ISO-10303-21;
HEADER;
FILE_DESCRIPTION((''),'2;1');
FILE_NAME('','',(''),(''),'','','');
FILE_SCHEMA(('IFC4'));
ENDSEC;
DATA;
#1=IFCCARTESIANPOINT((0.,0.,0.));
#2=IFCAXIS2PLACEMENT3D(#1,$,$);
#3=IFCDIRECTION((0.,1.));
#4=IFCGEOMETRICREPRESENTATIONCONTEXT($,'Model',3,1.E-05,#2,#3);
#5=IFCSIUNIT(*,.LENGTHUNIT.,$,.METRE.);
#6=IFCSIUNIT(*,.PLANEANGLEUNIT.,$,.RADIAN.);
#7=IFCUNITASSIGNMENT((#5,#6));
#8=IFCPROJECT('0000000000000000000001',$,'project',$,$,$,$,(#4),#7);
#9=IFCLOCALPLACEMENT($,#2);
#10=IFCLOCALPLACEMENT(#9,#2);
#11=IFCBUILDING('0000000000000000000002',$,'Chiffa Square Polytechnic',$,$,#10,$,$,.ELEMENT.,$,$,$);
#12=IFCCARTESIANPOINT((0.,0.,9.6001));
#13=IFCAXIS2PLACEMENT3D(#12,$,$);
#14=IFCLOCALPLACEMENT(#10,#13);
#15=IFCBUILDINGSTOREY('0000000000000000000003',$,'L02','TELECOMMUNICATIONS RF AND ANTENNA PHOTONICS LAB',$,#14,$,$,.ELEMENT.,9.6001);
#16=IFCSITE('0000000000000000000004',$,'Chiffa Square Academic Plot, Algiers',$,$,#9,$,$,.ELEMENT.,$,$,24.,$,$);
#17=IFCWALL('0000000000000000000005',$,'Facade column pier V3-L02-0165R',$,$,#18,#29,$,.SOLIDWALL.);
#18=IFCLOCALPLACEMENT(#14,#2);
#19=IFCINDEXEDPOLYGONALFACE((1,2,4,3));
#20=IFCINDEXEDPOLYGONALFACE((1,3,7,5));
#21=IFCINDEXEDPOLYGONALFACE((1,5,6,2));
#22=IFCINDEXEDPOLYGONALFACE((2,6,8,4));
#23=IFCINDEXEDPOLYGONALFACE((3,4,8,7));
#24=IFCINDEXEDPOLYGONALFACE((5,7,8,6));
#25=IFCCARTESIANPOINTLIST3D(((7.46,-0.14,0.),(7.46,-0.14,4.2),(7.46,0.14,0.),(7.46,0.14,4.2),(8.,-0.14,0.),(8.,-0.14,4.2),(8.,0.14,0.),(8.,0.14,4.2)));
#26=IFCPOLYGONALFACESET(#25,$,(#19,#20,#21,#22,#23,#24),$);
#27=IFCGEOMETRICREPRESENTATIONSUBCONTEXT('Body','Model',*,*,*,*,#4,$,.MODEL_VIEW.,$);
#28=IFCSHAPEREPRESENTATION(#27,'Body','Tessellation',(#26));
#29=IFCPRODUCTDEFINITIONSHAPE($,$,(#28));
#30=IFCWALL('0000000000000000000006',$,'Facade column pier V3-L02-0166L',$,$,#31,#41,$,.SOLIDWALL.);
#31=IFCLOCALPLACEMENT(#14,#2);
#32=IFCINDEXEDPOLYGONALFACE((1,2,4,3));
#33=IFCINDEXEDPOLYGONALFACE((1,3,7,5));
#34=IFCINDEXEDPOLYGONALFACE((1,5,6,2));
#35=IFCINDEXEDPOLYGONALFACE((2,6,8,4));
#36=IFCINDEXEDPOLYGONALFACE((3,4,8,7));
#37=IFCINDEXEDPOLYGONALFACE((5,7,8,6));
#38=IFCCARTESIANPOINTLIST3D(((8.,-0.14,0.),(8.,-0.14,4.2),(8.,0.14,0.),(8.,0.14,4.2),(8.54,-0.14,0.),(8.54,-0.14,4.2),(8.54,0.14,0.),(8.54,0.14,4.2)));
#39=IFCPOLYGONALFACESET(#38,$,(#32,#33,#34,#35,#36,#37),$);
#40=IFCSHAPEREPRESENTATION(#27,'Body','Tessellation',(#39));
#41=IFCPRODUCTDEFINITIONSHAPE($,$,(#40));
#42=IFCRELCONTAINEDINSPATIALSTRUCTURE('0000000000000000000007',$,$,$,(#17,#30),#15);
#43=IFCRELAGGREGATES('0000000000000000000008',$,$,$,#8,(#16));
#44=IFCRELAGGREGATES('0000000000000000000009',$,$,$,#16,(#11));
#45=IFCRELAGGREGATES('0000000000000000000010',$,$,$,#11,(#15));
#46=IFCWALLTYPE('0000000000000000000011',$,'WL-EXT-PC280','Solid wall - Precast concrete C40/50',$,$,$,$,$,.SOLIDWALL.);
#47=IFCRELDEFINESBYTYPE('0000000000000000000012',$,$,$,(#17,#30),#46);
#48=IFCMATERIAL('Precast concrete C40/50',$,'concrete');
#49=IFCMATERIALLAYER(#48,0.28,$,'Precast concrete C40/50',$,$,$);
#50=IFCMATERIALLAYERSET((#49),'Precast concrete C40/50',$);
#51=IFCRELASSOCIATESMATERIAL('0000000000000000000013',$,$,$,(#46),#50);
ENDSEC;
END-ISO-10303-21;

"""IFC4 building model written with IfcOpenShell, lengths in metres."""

from ifc_helpers import new_model, si_unit, direction, frame, frame_2d, origin, place, context, subcontext, project, spatial, rectangle, extrude, material, layer, layer_set, type_object, element, save


model = new_model("IFC4")

# Units and contexts
model_context = context("Model", 3, precision=1e-05, world=origin(), true_north=direction((0.0, 1.0)))
body_context = subcontext(model_context, "Body", "Model", "MODEL_VIEW")
ifc_project = project(units=[si_unit("LENGTHUNIT", "METRE"), si_unit("PLANEANGLEUNIT", "RADIAN")], contexts=[model_context])

# Site, building, storey
site_placement = place(None, origin())
site = spatial("IfcSite", under=ifc_project, at=site_placement, Name="Chiffa Square Academic Plot, Algiers", CompositionType="ELEMENT", RefElevation=24.0)
building_placement = place(site_placement, origin())
building = spatial("IfcBuilding", under=site, at=building_placement, Name="Chiffa Square Polytechnic", CompositionType="ELEMENT")
storey_placement = place(building_placement, frame((0.0, 0.0, 9.6001)))
storey = spatial("IfcBuildingStorey", under=building, at=storey_placement, Name="L02", Description="TELECOMMUNICATIONS RF AND ANTENNA PHOTONICS LAB", CompositionType="ELEMENT", Elevation=9.6001)

# Walls
ifc_material_1 = material(Name="Precast concrete C40/50", Category="concrete")
ifc_layer_1 = layer(ifc_material_1, 0.28, Name="Precast concrete C40/50")
ifc_layer_set_1 = layer_set([ifc_layer_1], Name="Precast concrete C40/50")
wall_type = type_object("IfcWallType", Name="WL-EXT-PC280", Description="Solid wall - Precast concrete C40/50", PredefinedType="SOLIDWALL", material=ifc_layer_set_1)
for number, where, z_axis, x_axis, name in (
    (1, (7.46, 0.0, 0.0), (0.0, 0.0, 1.0), (1.0, 0.0, 0.0), "Facade column pier V3-L02-0165R"),
    (2, (8.0, 0.0, 0.0), (0.0, 0.0, 1.0), (1.0, 0.0, 0.0), "Facade column pier V3-L02-0166L"),
):
    element("IfcWall", number, at=place(storey_placement, frame(where, z_axis=z_axis, x_axis=x_axis)), inside=storey, type_object=wall_type, Name=name, PredefinedType="SOLIDWALL", context=body_context, shape_type="SweptSolid", body=[
        extrude(rectangle(XDim=0.54, YDim=0.28, at=frame_2d((0.27, 0.0))), origin(), (0.0, 0.0, 1.0), 4.2),
    ])

save(model, "model.ifc")
